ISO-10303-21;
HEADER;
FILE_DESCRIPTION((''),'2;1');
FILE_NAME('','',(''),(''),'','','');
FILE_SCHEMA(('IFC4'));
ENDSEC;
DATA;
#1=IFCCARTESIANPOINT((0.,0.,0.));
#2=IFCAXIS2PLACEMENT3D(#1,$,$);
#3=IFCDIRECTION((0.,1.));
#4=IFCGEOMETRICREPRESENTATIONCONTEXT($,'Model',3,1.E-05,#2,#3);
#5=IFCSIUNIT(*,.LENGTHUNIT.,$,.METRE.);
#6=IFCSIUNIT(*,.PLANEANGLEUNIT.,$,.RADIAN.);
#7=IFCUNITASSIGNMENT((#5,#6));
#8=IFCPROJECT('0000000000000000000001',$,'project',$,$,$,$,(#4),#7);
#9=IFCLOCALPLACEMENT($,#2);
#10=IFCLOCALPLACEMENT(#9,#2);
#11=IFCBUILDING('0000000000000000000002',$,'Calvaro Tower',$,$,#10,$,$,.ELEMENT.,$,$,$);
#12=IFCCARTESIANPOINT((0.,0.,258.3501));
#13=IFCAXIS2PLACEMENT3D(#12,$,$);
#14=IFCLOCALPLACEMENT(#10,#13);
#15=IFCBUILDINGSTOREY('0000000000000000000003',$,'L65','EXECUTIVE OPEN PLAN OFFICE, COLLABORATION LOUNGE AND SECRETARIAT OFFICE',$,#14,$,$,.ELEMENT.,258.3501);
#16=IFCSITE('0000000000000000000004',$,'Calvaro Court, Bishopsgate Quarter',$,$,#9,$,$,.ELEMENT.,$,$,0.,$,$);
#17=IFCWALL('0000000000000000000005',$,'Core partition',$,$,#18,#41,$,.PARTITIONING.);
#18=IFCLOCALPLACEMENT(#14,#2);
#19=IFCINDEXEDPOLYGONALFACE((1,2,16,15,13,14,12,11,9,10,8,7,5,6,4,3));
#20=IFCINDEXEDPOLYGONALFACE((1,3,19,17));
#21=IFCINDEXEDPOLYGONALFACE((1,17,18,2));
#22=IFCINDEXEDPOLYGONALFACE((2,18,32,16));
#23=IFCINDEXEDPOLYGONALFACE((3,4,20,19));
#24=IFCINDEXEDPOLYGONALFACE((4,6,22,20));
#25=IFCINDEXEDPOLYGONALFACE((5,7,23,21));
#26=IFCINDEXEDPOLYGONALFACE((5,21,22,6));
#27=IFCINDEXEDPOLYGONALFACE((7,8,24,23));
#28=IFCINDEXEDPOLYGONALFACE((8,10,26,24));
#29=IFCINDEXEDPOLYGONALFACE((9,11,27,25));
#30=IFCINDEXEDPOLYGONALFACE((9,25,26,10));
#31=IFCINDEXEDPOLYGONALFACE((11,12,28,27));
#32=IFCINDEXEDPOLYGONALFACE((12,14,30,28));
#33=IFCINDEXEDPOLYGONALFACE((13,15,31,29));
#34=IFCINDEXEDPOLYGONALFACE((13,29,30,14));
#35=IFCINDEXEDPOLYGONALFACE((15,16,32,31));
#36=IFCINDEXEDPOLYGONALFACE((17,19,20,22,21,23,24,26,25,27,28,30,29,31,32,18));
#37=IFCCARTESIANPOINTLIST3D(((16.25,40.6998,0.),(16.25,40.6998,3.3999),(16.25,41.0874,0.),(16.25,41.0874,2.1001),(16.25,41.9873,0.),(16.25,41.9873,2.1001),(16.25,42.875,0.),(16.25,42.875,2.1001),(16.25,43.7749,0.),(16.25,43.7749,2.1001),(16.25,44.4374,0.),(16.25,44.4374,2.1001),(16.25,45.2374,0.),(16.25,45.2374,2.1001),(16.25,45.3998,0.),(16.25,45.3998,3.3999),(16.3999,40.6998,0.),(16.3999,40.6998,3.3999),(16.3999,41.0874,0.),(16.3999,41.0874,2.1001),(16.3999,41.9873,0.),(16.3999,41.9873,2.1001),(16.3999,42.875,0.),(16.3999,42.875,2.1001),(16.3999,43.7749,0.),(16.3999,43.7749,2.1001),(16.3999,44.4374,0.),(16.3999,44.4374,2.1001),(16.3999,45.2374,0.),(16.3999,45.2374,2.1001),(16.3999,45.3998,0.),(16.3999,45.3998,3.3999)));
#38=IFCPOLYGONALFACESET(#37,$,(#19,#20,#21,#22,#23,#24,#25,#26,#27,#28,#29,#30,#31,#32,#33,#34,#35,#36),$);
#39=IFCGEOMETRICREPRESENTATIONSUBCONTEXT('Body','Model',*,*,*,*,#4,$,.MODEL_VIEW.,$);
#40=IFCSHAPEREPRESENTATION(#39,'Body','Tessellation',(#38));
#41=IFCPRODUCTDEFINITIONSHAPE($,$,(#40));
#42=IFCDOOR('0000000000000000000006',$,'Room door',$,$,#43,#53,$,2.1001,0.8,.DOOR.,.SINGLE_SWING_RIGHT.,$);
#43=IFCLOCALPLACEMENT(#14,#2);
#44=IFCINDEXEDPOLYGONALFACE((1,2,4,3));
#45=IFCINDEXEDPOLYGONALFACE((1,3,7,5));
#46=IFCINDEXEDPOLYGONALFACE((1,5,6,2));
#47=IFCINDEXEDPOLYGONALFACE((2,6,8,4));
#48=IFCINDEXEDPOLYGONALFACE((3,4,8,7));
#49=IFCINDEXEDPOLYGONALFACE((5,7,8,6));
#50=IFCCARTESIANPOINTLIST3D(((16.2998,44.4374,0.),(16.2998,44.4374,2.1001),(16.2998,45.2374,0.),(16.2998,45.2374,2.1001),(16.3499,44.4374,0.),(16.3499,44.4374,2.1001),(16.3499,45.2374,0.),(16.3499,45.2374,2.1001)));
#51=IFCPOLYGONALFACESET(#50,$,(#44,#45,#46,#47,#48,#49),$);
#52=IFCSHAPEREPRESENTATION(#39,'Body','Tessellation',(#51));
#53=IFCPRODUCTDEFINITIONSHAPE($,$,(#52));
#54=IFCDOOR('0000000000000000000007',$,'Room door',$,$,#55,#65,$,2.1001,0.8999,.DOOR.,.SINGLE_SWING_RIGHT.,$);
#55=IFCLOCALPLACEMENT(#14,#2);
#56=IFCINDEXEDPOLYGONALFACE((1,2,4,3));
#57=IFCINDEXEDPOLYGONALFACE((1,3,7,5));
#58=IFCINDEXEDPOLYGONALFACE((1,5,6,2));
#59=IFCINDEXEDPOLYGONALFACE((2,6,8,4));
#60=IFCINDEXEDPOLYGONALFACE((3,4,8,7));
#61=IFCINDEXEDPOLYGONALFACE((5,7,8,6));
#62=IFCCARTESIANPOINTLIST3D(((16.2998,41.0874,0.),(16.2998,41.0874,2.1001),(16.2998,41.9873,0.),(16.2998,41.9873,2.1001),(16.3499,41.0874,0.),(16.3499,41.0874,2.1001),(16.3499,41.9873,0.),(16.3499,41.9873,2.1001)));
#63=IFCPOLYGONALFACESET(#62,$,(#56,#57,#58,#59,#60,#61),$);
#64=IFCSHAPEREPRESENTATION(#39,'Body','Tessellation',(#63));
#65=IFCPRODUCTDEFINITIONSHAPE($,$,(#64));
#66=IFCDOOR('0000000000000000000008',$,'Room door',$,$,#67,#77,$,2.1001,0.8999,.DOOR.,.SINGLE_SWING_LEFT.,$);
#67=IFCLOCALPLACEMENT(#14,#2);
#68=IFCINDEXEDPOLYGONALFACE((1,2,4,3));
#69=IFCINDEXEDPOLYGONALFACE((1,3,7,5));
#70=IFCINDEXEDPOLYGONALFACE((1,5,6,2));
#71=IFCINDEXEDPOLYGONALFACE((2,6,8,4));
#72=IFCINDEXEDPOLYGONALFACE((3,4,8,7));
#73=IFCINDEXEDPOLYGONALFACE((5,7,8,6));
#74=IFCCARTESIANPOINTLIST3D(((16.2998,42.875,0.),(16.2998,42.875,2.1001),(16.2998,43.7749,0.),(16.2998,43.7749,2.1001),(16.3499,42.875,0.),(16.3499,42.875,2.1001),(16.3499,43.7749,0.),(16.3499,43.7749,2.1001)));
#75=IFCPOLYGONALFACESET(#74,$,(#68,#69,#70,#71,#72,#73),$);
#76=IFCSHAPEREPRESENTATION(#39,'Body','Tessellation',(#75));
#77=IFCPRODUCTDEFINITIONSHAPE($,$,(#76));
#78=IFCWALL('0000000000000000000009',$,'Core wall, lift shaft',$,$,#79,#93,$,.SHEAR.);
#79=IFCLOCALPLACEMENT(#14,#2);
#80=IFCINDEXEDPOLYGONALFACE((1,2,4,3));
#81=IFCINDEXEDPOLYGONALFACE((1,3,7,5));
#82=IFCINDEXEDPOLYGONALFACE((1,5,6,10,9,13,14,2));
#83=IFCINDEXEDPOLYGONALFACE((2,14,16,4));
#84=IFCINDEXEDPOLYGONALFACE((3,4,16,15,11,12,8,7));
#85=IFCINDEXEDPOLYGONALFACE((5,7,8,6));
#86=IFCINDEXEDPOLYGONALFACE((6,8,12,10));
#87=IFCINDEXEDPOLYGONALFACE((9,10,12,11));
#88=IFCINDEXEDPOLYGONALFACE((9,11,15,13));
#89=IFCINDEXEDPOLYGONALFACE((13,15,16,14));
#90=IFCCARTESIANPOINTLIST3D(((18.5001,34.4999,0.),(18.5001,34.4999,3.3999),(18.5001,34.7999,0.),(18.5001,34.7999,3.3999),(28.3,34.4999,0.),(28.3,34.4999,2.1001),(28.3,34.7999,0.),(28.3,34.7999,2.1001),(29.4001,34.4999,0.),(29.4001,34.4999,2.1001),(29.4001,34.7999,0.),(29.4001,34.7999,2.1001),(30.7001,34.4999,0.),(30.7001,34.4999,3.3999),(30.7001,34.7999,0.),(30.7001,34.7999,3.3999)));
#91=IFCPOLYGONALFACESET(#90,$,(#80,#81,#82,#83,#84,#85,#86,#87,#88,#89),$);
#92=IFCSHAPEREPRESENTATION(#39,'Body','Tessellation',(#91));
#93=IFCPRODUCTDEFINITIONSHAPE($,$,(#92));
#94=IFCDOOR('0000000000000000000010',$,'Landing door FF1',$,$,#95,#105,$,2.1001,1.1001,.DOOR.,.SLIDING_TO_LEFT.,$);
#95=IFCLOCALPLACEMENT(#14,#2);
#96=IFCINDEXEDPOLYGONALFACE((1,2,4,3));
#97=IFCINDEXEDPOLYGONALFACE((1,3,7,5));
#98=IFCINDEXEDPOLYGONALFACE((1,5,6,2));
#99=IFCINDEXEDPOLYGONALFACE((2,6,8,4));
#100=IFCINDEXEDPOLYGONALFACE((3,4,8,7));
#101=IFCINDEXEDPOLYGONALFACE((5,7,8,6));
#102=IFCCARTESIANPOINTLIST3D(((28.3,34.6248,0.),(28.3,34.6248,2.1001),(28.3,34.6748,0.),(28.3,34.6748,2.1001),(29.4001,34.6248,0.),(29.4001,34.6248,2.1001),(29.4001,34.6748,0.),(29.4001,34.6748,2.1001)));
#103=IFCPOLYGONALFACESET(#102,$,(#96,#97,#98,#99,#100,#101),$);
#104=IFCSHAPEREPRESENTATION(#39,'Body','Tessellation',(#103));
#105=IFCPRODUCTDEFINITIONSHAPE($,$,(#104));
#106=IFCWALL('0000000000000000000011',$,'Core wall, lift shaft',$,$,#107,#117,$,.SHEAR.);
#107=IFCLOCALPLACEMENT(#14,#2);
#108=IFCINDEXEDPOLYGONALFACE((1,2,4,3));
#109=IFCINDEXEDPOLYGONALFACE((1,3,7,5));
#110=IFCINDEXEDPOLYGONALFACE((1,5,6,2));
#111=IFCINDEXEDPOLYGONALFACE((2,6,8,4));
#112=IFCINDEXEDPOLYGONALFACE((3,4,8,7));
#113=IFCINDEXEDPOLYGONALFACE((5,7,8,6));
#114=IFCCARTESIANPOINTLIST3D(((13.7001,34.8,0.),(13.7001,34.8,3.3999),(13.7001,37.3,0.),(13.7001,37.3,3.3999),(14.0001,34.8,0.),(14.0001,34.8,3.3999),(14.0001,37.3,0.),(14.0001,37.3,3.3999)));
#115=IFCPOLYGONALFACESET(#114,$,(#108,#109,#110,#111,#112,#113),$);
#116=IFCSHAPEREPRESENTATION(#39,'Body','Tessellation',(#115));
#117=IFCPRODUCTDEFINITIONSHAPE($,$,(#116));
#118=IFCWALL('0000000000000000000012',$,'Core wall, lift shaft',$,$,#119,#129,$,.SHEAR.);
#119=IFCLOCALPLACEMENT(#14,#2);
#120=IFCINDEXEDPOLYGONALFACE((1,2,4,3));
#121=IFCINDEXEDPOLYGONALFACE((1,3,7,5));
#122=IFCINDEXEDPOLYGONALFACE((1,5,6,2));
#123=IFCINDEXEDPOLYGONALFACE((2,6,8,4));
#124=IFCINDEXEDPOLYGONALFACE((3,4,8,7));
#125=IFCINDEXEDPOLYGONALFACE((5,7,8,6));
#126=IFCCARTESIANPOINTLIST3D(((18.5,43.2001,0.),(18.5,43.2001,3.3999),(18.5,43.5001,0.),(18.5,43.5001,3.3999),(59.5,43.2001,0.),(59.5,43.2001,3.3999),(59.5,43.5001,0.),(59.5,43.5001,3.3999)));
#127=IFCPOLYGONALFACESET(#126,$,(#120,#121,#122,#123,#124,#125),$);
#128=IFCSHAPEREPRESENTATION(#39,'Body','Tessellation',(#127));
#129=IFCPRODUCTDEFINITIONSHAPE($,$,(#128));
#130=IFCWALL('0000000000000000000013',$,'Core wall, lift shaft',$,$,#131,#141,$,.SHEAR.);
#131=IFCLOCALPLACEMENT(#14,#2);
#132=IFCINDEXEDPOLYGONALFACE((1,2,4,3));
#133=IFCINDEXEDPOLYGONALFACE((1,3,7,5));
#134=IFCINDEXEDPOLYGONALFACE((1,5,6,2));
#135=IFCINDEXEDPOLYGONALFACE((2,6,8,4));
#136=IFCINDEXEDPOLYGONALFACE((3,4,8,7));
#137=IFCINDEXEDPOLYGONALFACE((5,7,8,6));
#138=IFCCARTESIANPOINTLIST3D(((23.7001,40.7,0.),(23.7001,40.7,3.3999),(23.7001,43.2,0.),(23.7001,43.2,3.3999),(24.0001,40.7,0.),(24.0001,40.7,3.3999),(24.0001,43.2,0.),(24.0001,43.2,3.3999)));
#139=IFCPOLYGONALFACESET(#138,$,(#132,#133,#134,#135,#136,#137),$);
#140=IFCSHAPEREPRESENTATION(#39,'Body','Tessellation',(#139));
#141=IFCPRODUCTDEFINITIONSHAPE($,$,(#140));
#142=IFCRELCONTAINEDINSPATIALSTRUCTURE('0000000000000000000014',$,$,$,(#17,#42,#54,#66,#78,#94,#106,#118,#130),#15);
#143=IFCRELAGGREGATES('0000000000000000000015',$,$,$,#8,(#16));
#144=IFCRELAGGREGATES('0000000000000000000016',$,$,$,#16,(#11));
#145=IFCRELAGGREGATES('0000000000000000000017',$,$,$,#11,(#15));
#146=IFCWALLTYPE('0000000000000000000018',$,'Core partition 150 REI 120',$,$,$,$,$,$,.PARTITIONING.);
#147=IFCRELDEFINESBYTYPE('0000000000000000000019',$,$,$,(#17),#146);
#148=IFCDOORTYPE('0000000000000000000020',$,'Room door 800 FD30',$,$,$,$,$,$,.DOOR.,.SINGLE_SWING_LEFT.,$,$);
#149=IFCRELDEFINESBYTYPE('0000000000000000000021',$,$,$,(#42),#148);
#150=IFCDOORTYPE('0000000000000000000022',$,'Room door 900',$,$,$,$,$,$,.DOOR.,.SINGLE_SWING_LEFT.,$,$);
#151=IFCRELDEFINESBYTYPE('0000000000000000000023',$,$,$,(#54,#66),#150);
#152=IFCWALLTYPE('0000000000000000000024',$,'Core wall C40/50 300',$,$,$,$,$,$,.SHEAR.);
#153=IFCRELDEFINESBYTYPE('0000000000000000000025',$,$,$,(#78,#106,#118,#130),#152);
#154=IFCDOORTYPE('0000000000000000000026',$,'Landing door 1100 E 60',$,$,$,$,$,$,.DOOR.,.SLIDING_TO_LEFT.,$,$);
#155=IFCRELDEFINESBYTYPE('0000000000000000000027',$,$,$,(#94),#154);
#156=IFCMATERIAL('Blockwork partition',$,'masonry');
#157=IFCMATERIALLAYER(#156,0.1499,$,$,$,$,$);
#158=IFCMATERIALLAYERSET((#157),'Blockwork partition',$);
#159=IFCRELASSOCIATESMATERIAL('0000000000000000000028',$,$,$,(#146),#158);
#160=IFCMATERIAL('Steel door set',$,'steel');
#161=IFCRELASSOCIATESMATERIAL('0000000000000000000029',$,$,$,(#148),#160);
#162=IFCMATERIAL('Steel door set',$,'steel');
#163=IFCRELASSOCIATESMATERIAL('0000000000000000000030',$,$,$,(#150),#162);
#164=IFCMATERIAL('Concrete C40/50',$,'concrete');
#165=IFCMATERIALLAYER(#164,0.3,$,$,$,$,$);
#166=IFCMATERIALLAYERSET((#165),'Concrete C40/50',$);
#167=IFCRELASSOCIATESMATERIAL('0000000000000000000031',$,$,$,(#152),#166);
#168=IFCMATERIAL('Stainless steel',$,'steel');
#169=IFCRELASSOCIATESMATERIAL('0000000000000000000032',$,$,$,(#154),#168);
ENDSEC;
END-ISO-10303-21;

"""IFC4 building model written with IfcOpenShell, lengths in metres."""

from ifc_helpers import new_model, si_unit, direction, frame, frame_2d, origin, place, context, subcontext, project, spatial, rectangle, extrude, material, layer, layer_set, type_object, element, fill, save


model = new_model("IFC4")

# Units and contexts
model_context = context("Model", 3, precision=1e-05, world=origin(), true_north=direction((0.0, 1.0)))
body_context = subcontext(model_context, "Body", "Model", "MODEL_VIEW")
ifc_project = project(units=[si_unit("LENGTHUNIT", "METRE"), si_unit("PLANEANGLEUNIT", "RADIAN")], contexts=[model_context])

# Site, building, storey
site_placement = place(None, origin())
site = spatial("IfcSite", under=ifc_project, at=site_placement, Name="Calvaro Court, Bishopsgate Quarter", CompositionType="ELEMENT", RefElevation=0.0)
building_placement = place(site_placement, origin())
building = spatial("IfcBuilding", under=site, at=building_placement, Name="Calvaro Tower", CompositionType="ELEMENT")
storey_placement = place(building_placement, frame((0.0, 0.0, 258.3501)))
storey = spatial("IfcBuildingStorey", under=building, at=storey_placement, Name="L65", Description="EXECUTIVE OPEN PLAN OFFICE, COLLABORATION LOUNGE AND SECRETARIAT OFFICE", CompositionType="ELEMENT", Elevation=258.3501)

# Wall, openings, doors
ifc_material_1 = material(Name="Blockwork partition", Category="masonry")
ifc_layer_1 = layer(ifc_material_1, 0.1499)
ifc_layer_set_1 = layer_set([ifc_layer_1], Name="Blockwork partition")
wall_type_1 = type_object("IfcWallType", Name="Core partition 150 REI 120", PredefinedType="PARTITIONING", material=ifc_layer_set_1)
wall_1_placement = place(storey_placement, frame((16.325, 45.3999, 0.0), z_axis=(0.0, 0.0, 1.0), x_axis=(0.0, -1.0, 0.0)))
wall_1 = element("IfcWall", 1, at=wall_1_placement, inside=storey, type_object=wall_type_1, Name="Core partition", PredefinedType="PARTITIONING", context=body_context, shape_type="SweptSolid", body=[
    extrude(rectangle(XDim=4.7, YDim=0.1499, at=frame_2d((2.3501, 0.0))), origin(), (0.0, 0.0, 1.0), 3.3999),
])
opening_1_placement = place(wall_1_placement, frame((3.4126, 0.0, 0.0)))
opening_1 = element("IfcOpeningElement", 2, at=opening_1_placement, cuts=wall_1, PredefinedType="OPENING", context=body_context, shape_type="SweptSolid", body=[
    extrude(rectangle(XDim=0.8999, YDim=2.1001, at=frame_2d((0.45, 1.05))), frame((0.0, 0.085, 0.0), z_axis=(0.0, -1.0, 0.0), x_axis=(1.0, 0.0, 0.0)), (0.0, 0.0, 1.0), 0.1699),
])
opening_2_placement = place(wall_1_placement, frame((1.625, 0.0, 0.0)))
opening_2 = element("IfcOpeningElement", 3, at=opening_2_placement, cuts=wall_1, PredefinedType="OPENING", context=body_context, shape_type="SweptSolid", body=[
    extrude(rectangle(XDim=0.8999, YDim=2.1001, at=frame_2d((0.45, 1.05))), frame((0.0, 0.085, 0.0), z_axis=(0.0, -1.0, 0.0), x_axis=(1.0, 0.0, 0.0)), (0.0, 0.0, 1.0), 0.1699),
])
opening_3_placement = place(wall_1_placement, frame((0.1626, 0.0, 0.0)))
opening_3 = element("IfcOpeningElement", 4, at=opening_3_placement, cuts=wall_1, PredefinedType="OPENING", context=body_context, shape_type="SweptSolid", body=[
    extrude(rectangle(XDim=0.8, YDim=2.1001, at=frame_2d((0.3999, 1.05))), frame((0.0, 0.085, 0.0), z_axis=(0.0, -1.0, 0.0), x_axis=(1.0, 0.0, 0.0)), (0.0, 0.0, 1.0), 0.1699),
])
ifc_material_2 = material(Name="Steel door set", Category="steel")
door_type_1 = type_object("IfcDoorType", Name="Room door 800 FD30", OperationType="SINGLE_SWING_LEFT", PredefinedType="DOOR", material=ifc_material_2)
door_1_placement = place(opening_3_placement, origin())
door_1 = element("IfcDoor", 5, at=door_1_placement, inside=storey, type_object=door_type_1, Name="Room door", OperationType="SINGLE_SWING_RIGHT", OverallHeight=2.1001, OverallWidth=0.8, PredefinedType="DOOR", context=body_context, shape_type="SweptSolid", body=[
    extrude(rectangle(XDim=0.8, YDim=2.1001, at=frame_2d((0.3999, 1.05))), frame((0.0, 0.0249, 0.0), z_axis=(0.0, -1.0, 0.0), x_axis=(1.0, 0.0, 0.0)), (0.0, 0.0, 1.0), 0.05),
])
fill(opening_3, door_1)
ifc_material_3 = material(Name="Steel door set", Category="steel")
door_type_2 = type_object("IfcDoorType", Name="Room door 900", OperationType="SINGLE_SWING_LEFT", PredefinedType="DOOR", material=ifc_material_3)
door_2_placement = place(opening_1_placement, origin())
door_2 = element("IfcDoor", 6, at=door_2_placement, inside=storey, type_object=door_type_2, Name="Room door", OperationType="SINGLE_SWING_RIGHT", OverallHeight=2.1001, OverallWidth=0.8999, PredefinedType="DOOR", context=body_context, shape_type="SweptSolid", body=[
    extrude(rectangle(XDim=0.8999, YDim=2.1001, at=frame_2d((0.45, 1.05))), frame((0.0, 0.0249, 0.0), z_axis=(0.0, -1.0, 0.0), x_axis=(1.0, 0.0, 0.0)), (0.0, 0.0, 1.0), 0.05),
])
fill(opening_1, door_2)
door_3_placement = place(opening_2_placement, origin())
door_3 = element("IfcDoor", 7, at=door_3_placement, inside=storey, type_object=door_type_2, Name="Room door", OperationType="SINGLE_SWING_LEFT", OverallHeight=2.1001, OverallWidth=0.8999, PredefinedType="DOOR", context=body_context, shape_type="SweptSolid", body=[
    extrude(rectangle(XDim=0.8999, YDim=2.1001, at=frame_2d((0.45, 1.05))), frame((0.0, 0.0249, 0.0), z_axis=(0.0, -1.0, 0.0), x_axis=(1.0, 0.0, 0.0)), (0.0, 0.0, 1.0), 0.05),
])
fill(opening_2, door_3)

# Wall, opening, door
ifc_material_4 = material(Name="Concrete C40/50", Category="concrete")
ifc_layer_2 = layer(ifc_material_4, 0.3)
ifc_layer_set_2 = layer_set([ifc_layer_2], Name="Concrete C40/50")
wall_type_2 = type_object("IfcWallType", Name="Core wall C40/50 300", PredefinedType="SHEAR", material=ifc_layer_set_2)
wall_2_placement = place(storey_placement, frame((18.5, 34.6499, 0.0), z_axis=(0.0, 0.0, 1.0), x_axis=(1.0, 0.0, 0.0)))
wall_2 = element("IfcWall", 8, at=wall_2_placement, inside=storey, type_object=wall_type_2, Name="Core wall, lift shaft", PredefinedType="SHEAR", context=body_context, shape_type="SweptSolid", body=[
    extrude(rectangle(XDim=12.2, YDim=0.3, at=frame_2d((6.1001, 0.0))), origin(), (0.0, 0.0, 1.0), 3.3999),
])
opening_4_placement = place(wall_2_placement, frame((9.8, 0.0, 0.0)))
opening_4 = element("IfcOpeningElement", 9, at=opening_4_placement, cuts=wall_2, PredefinedType="OPENING", context=body_context, shape_type="SweptSolid", body=[
    extrude(rectangle(XDim=1.1001, YDim=2.1001, at=frame_2d((0.55, 1.05))), frame((0.0, 0.1599, 0.0), z_axis=(0.0, -1.0, 0.0), x_axis=(1.0, 0.0, 0.0)), (0.0, 0.0, 1.0), 0.3201),
])
ifc_material_5 = material(Name="Stainless steel", Category="steel")
door_type_3 = type_object("IfcDoorType", Name="Landing door 1100 E 60", OperationType="SLIDING_TO_LEFT", PredefinedType="DOOR", material=ifc_material_5)
door_4_placement = place(opening_4_placement, origin())
door_4 = element("IfcDoor", 10, at=door_4_placement, inside=storey, type_object=door_type_3, Name="Landing door FF1", OperationType="SLIDING_TO_LEFT", OverallHeight=2.1001, OverallWidth=1.1001, PredefinedType="DOOR", context=body_context, shape_type="SweptSolid", body=[
    extrude(rectangle(XDim=1.1001, YDim=2.1001, at=frame_2d((0.55, 1.05))), frame((0.0, 0.0249, 0.0), z_axis=(0.0, -1.0, 0.0), x_axis=(1.0, 0.0, 0.0)), (0.0, 0.0, 1.0), 0.05),
])
fill(opening_4, door_4)

# Wall
wall_3_placement = place(storey_placement, frame((13.8501, 34.8, 0.0), z_axis=(0.0, 0.0, 1.0), x_axis=(0.0, 1.0, 0.0)))
element("IfcWall", 11, at=wall_3_placement, inside=storey, type_object=wall_type_2, Name="Core wall, lift shaft", PredefinedType="SHEAR", context=body_context, shape_type="SweptSolid", body=[
    extrude(rectangle(XDim=2.5, YDim=0.3, at=frame_2d((1.25, 0.0))), origin(), (0.0, 0.0, 1.0), 3.3999),
])

# Walls
wall_4_placement = place(storey_placement, frame((18.5, 43.3501, 0.0), z_axis=(0.0, 0.0, 1.0), x_axis=(1.0, 0.0, 0.0)))
element("IfcWall", 12, at=wall_4_placement, inside=storey, type_object=wall_type_2, Name="Core wall, lift shaft", PredefinedType="SHEAR", context=body_context, shape_type="SweptSolid", body=[
    extrude(rectangle(XDim=41.0, YDim=0.3, at=frame_2d((20.5, 0.0))), origin(), (0.0, 0.0, 1.0), 3.3999),
])
wall_5_placement = place(storey_placement, frame((23.8501, 40.7, 0.0), z_axis=(0.0, 0.0, 1.0), x_axis=(0.0, 1.0, 0.0)))
element("IfcWall", 13, at=wall_5_placement, inside=storey, type_object=wall_type_2, Name="Core wall, lift shaft", PredefinedType="SHEAR", context=body_context, shape_type="SweptSolid", body=[
    extrude(rectangle(XDim=2.5, YDim=0.3, at=frame_2d((1.25, 0.0))), origin(), (0.0, 0.0, 1.0), 3.3999),
])

save(model, "model.ifc")
